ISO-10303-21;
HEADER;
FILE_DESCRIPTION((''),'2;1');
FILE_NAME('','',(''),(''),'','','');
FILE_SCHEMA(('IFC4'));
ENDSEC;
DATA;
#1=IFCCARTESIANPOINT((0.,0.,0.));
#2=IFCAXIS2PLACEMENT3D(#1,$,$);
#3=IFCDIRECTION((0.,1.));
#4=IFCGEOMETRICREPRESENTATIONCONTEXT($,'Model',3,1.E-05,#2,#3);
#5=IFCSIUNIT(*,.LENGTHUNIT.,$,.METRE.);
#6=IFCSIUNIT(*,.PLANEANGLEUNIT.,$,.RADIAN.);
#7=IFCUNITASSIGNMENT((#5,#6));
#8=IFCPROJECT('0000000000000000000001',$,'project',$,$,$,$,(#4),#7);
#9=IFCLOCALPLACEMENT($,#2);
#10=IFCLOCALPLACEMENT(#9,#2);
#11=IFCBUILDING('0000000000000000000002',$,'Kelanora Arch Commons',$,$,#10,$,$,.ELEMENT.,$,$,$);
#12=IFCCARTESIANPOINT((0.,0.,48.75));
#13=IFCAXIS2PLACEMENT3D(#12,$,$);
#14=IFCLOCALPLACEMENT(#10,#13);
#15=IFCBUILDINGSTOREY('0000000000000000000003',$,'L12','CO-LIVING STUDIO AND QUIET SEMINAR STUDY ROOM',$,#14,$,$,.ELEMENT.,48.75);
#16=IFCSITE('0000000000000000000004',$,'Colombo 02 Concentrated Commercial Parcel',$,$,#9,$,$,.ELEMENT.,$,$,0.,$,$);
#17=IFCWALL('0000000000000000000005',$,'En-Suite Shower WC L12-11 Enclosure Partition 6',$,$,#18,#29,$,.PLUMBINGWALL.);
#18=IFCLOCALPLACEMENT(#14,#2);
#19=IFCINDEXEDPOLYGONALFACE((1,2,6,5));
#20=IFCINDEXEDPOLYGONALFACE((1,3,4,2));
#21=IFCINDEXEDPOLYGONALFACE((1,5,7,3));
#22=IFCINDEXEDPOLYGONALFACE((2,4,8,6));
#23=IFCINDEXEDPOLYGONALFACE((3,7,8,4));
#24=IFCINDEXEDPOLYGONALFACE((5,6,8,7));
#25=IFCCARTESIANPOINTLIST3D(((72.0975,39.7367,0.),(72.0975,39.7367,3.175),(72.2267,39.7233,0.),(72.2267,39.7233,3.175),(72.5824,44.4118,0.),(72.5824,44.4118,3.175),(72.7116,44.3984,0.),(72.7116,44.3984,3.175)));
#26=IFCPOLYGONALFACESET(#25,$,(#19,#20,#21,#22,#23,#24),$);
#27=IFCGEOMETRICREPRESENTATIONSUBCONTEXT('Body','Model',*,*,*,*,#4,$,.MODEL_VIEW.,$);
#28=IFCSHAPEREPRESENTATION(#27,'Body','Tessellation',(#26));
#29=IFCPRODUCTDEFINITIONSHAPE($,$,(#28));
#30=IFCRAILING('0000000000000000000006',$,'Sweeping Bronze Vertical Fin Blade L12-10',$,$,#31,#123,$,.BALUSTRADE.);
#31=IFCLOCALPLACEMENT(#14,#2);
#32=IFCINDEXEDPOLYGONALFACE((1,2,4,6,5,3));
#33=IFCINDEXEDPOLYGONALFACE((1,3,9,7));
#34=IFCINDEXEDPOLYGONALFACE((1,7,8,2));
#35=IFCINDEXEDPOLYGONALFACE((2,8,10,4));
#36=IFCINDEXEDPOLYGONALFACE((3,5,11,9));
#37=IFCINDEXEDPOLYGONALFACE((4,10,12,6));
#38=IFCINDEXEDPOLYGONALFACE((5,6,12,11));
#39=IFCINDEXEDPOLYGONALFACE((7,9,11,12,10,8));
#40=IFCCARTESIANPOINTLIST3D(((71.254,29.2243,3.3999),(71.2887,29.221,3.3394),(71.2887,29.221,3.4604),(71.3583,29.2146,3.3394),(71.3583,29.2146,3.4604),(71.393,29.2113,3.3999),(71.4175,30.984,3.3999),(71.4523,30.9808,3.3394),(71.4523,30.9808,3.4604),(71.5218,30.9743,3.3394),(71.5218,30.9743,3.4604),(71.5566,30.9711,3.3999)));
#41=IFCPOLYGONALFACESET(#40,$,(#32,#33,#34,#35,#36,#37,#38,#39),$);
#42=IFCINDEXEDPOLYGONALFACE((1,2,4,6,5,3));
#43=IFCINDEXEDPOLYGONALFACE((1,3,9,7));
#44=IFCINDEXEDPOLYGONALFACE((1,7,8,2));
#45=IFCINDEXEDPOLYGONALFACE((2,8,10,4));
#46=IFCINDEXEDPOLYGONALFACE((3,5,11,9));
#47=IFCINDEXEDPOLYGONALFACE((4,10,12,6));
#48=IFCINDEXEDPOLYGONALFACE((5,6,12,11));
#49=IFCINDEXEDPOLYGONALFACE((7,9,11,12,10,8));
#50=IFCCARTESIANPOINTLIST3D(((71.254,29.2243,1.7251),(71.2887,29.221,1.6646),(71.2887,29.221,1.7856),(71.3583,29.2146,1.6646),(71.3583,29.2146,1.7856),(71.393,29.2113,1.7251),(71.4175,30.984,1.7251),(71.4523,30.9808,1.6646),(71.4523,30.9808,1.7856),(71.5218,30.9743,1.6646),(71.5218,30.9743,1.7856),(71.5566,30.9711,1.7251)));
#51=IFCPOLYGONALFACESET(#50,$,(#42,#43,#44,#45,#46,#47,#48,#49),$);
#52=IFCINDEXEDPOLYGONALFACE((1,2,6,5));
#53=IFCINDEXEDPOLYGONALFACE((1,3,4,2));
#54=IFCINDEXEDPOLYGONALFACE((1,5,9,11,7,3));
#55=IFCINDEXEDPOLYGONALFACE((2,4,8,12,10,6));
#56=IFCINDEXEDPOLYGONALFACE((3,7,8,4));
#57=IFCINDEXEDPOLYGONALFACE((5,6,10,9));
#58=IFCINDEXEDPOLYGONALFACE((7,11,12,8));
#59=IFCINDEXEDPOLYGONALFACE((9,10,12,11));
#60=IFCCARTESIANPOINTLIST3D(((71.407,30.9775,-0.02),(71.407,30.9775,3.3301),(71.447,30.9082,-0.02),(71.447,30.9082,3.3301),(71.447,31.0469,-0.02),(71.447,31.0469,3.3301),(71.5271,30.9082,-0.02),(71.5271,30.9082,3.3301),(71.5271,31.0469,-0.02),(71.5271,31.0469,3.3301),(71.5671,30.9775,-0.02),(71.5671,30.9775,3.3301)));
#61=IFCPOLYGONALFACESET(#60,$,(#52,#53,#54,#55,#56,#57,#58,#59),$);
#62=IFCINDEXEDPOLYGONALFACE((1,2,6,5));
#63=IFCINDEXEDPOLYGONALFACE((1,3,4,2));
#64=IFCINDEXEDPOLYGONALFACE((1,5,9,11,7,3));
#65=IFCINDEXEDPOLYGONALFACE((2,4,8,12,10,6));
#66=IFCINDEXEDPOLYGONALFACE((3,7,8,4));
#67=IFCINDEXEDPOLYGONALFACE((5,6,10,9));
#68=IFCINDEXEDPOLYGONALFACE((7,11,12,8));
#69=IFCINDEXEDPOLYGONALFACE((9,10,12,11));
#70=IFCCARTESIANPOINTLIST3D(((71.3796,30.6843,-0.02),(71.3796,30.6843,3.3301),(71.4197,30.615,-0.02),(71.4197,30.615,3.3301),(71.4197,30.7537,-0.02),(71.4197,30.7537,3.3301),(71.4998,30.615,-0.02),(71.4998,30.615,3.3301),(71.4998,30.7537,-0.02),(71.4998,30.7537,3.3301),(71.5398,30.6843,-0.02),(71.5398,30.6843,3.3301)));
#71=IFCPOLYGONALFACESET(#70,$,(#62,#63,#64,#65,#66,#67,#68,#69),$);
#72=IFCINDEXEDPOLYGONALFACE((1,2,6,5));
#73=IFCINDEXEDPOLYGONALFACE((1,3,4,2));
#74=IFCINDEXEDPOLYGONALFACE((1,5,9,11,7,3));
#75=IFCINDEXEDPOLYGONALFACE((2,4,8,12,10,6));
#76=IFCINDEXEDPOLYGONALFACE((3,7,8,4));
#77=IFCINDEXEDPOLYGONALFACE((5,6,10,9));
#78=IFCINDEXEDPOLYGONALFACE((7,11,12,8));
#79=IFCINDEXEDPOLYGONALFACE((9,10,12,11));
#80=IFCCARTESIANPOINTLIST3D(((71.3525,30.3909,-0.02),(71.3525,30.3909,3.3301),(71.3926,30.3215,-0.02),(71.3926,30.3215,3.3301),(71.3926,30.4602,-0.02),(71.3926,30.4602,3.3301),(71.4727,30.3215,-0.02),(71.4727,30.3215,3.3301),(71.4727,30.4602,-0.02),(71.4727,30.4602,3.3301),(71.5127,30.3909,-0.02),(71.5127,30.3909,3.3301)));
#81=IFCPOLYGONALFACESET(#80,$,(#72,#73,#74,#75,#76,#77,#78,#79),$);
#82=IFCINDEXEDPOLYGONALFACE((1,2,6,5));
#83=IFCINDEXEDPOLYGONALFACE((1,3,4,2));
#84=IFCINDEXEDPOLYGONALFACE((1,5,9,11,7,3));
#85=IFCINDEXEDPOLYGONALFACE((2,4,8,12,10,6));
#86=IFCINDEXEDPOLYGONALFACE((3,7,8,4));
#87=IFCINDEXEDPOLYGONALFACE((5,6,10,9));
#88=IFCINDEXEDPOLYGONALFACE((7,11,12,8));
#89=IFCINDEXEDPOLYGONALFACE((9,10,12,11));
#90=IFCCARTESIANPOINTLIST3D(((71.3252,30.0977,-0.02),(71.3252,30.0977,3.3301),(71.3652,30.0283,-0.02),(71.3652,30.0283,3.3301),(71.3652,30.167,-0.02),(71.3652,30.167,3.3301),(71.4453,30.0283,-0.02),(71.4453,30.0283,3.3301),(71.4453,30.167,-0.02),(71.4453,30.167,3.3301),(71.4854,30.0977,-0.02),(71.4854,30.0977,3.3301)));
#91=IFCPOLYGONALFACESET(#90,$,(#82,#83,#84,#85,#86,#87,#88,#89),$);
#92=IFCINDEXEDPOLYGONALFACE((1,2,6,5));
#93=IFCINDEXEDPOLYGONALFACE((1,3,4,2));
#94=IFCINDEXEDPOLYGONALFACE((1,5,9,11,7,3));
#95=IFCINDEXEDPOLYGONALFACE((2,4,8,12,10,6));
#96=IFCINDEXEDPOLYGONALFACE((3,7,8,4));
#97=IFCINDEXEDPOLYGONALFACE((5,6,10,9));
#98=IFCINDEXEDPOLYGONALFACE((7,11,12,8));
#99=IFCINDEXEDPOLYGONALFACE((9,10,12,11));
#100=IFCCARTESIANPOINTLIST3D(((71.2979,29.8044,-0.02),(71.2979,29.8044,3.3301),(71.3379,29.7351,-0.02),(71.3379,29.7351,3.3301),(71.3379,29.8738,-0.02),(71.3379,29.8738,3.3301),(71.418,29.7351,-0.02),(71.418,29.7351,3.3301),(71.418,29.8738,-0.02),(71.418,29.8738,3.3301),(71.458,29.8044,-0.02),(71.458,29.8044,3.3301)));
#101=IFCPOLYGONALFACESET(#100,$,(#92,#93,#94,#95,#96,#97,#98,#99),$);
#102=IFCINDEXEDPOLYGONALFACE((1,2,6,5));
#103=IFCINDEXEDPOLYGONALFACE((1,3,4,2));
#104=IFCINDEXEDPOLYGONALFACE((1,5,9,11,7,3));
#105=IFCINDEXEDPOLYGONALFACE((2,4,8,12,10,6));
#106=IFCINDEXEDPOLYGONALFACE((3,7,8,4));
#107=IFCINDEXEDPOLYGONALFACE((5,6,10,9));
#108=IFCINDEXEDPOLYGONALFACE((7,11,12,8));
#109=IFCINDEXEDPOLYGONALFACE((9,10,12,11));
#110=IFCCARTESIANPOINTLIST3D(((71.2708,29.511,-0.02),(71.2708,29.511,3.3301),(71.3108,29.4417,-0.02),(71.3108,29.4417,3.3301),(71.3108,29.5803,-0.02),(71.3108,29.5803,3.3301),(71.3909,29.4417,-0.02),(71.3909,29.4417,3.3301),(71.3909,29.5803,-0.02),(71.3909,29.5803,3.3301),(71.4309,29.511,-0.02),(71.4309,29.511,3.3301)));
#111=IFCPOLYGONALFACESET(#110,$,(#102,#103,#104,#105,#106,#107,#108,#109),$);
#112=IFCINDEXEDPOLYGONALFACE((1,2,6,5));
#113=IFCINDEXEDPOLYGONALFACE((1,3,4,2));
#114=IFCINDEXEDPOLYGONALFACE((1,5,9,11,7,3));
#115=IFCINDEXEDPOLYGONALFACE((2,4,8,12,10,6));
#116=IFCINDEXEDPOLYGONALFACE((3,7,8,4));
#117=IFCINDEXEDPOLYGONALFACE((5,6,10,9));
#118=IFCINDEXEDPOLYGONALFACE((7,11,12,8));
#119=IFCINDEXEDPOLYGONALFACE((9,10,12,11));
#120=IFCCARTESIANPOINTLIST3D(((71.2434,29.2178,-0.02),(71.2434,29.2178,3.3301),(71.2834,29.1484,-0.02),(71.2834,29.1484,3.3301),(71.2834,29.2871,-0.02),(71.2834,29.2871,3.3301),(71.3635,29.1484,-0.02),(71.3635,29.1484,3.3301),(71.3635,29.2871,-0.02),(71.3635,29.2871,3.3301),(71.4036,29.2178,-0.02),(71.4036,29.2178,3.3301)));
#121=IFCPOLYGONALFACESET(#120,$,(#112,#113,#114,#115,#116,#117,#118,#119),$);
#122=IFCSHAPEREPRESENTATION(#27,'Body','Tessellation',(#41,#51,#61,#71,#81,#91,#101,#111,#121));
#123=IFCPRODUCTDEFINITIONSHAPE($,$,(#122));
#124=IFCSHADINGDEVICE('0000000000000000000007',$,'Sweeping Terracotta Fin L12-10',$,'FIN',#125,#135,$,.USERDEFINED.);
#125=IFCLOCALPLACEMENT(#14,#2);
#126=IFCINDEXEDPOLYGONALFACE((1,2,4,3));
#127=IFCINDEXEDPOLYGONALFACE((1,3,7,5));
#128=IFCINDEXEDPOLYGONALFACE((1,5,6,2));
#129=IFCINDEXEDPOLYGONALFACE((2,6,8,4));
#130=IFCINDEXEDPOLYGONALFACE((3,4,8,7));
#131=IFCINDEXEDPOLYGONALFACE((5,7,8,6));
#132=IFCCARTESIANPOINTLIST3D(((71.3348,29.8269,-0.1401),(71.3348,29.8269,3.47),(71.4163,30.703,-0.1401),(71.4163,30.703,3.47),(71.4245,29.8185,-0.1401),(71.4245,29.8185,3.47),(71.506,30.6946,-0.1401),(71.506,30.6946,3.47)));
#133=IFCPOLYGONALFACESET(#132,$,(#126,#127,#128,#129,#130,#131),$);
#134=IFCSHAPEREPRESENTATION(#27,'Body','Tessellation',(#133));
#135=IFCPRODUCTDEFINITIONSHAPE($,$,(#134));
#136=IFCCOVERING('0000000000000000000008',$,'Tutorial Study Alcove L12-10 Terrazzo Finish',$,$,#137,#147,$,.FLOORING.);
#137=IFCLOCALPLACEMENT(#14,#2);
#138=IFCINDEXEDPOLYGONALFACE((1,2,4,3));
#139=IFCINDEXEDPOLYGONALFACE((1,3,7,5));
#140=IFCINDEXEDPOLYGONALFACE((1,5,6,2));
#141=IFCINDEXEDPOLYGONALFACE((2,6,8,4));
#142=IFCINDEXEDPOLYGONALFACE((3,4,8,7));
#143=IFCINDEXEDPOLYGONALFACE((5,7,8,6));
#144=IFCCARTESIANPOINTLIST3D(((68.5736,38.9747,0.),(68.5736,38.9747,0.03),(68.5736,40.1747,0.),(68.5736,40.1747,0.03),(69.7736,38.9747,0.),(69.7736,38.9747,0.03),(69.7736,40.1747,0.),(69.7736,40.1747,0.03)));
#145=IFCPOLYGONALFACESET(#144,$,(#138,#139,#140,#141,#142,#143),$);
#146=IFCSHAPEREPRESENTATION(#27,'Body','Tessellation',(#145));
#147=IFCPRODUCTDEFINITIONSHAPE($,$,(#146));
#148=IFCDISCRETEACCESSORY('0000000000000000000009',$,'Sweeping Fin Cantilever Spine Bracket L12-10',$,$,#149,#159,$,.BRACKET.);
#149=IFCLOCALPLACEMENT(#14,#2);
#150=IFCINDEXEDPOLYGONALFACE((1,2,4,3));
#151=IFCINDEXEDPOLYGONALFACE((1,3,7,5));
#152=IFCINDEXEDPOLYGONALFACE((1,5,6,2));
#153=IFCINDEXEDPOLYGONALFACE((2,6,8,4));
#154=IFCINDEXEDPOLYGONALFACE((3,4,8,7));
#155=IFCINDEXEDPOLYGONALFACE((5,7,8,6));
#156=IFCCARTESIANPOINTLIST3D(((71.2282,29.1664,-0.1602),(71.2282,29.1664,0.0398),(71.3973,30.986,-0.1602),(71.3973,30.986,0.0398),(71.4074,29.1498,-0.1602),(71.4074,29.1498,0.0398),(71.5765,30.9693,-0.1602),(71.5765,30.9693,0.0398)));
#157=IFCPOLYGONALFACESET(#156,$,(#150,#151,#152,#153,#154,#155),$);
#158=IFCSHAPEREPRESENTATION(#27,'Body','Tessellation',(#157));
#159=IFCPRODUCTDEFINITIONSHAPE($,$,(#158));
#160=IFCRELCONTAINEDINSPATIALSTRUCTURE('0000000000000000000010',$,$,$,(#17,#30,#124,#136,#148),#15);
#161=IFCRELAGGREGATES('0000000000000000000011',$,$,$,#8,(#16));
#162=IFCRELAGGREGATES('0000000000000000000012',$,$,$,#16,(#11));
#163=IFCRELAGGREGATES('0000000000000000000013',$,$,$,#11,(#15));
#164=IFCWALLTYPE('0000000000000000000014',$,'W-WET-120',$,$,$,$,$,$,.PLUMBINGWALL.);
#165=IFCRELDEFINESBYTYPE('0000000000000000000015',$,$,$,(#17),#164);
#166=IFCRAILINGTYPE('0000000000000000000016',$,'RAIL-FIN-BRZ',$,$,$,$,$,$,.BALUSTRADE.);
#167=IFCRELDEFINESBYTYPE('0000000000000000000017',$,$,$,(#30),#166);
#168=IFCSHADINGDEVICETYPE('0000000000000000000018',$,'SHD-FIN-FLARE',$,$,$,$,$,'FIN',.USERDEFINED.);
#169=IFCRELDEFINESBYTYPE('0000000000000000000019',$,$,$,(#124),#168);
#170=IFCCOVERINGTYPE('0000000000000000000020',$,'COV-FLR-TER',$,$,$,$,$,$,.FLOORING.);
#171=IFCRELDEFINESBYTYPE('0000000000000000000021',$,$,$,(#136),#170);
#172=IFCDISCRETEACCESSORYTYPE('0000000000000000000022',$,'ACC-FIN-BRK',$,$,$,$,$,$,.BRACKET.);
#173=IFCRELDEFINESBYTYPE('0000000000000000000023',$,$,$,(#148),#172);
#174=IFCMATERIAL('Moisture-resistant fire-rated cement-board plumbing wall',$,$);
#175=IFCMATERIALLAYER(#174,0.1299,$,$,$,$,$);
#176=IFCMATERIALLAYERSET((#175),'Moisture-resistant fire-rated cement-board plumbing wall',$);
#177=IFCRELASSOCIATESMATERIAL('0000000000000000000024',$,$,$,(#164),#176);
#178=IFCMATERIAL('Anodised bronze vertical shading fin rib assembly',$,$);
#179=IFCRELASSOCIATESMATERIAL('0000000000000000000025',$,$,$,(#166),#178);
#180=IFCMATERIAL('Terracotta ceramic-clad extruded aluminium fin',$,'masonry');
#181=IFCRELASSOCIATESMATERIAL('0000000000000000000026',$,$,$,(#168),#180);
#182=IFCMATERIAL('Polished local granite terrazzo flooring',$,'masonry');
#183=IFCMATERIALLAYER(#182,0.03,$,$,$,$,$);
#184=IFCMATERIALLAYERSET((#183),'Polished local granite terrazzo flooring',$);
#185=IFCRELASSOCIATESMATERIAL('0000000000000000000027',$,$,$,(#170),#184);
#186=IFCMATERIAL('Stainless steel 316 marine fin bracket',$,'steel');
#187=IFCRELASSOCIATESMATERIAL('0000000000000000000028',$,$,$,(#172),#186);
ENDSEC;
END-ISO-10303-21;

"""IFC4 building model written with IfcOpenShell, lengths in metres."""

from ifc_helpers import new_model, si_unit, direction, frame, frame_2d, origin, origin_2d, place, context, subcontext, project, spatial, polyline, rectangle, outline, extrude, source, transform, mapped, material, layer, layer_set, type_object, element, save


model = new_model("IFC4")

# Units and contexts
model_context = context("Model", 3, precision=1e-05, world=origin(), true_north=direction((0.0, 1.0)))
body_context = subcontext(model_context, "Body", "Model", "MODEL_VIEW")
ifc_project = project(units=[si_unit("LENGTHUNIT", "METRE"), si_unit("PLANEANGLEUNIT", "RADIAN")], contexts=[model_context])

# Site, building, storey
site_placement = place(None, origin())
site = spatial("IfcSite", under=ifc_project, at=site_placement, Name="Colombo 02 Concentrated Commercial Parcel", CompositionType="ELEMENT", RefElevation=0.0)
building_placement = place(site_placement, origin())
building = spatial("IfcBuilding", under=site, at=building_placement, Name="Kelanora Arch Commons", CompositionType="ELEMENT")
storey_placement = place(building_placement, frame((0.0, 0.0, 48.75)))
storey = spatial("IfcBuildingStorey", under=building, at=storey_placement, Name="L12", Description="CO-LIVING STUDIO AND QUIET SEMINAR STUDY ROOM", CompositionType="ELEMENT", Elevation=48.75)

# Shared definitions
ifc_material_1 = material(Name="Moisture-resistant fire-rated cement-board plumbing wall")
ifc_layer_1 = layer(ifc_material_1, 0.1299)
ifc_layer_set_1 = layer_set([ifc_layer_1], Name="Moisture-resistant fire-rated cement-board plumbing wall")
wall_type_1 = type_object("IfcWallType", Name="W-WET-120", PredefinedType="PLUMBINGWALL", material=ifc_layer_set_1)

# Wall
wall_1_placement = place(storey_placement, frame((72.1621, 39.73, 0.0), z_axis=(0.0, 0.0, 1.0), x_axis=(0.10316, 0.994665, 0.0)))
element("IfcWall", 1, at=wall_1_placement, inside=storey, type_object=wall_type_1, Name="En-Suite Shower WC L12-11 Enclosure Partition 6", PredefinedType="PLUMBINGWALL", context=body_context, shape_type="SweptSolid", body=[
    extrude(rectangle(XDim=4.7002, YDim=0.1299, at=frame_2d((2.3501, 0.0))), origin(), (0.0, 0.0, 1.0), 3.175),
])

# Railing
ifc_material_2 = material(Name="Anodised bronze vertical shading fin rib assembly")
railing_type = type_object("IfcRailingType", Name="RAIL-FIN-BRZ", PredefinedType="BALUSTRADE", material=ifc_material_2)
railing_placement = place(storey_placement, frame((71.4871, 30.9775, -0.02)))
element("IfcRailing", 2, at=railing_placement, inside=storey, type_object=railing_type, Name="Sweeping Bronze Vertical Fin Blade L12-10", PredefinedType="BALUSTRADE", context=body_context, shape_type="SweptSolid", body=[
    extrude(outline(polyline([(0.0698, 0.0), (0.0349, 0.0605), (-0.0349, 0.0605), (-0.0698, 0.0), (-0.0349, -0.0605), (0.0349, -0.0605), (0.0698, 0.0)])), frame((0.0, 0.0, 3.4199), z_axis=(-0.092553, -0.995708, 0.0), x_axis=(0.995708, -0.092553, 0.0)), (0.0, 0.0, 1.0), 1.7673),
    extrude(outline(polyline([(0.0698, 0.0), (0.0349, 0.0605), (-0.0349, 0.0605), (-0.0698, 0.0), (-0.0349, -0.0605), (0.0349, -0.0605), (0.0698, 0.0)])), frame((0.0, 0.0, 1.7451), z_axis=(-0.092553, -0.995708, 0.0), x_axis=(0.995708, -0.092553, 0.0)), (0.0, 0.0, 1.0), 1.7673),
    extrude(outline(polyline([(0.0801, 0.0), (0.04, 0.0693), (-0.04, 0.0693), (-0.0801, 0.0), (-0.04, -0.0693), (0.04, -0.0693), (0.0801, 0.0)])), origin(), (0.0, 0.0, 1.0), 3.3501),
    extrude(outline(polyline([(0.0801, 0.0), (0.04, 0.0693), (-0.04, 0.0693), (-0.0801, 0.0), (-0.04, -0.0693), (0.04, -0.0693), (0.0801, 0.0)])), frame((-0.0273, -0.2932, 0.0)), (0.0, 0.0, 1.0), 3.3501),
    extrude(outline(polyline([(0.0801, 0.0), (0.04, 0.0693), (-0.04, 0.0693), (-0.0801, 0.0), (-0.04, -0.0693), (0.04, -0.0693), (0.0801, 0.0)])), frame((-0.0544, -0.5867, 0.0)), (0.0, 0.0, 1.0), 3.3501),
    extrude(outline(polyline([(0.0801, 0.0), (0.04, 0.0693), (-0.04, 0.0693), (-0.0801, 0.0), (-0.04, -0.0693), (0.04, -0.0693), (0.0801, 0.0)])), frame((-0.0818, -0.8799, 0.0)), (0.0, 0.0, 1.0), 3.3501),
    extrude(outline(polyline([(0.0801, 0.0), (0.04, 0.0693), (-0.04, 0.0693), (-0.0801, 0.0), (-0.04, -0.0693), (0.04, -0.0693), (0.0801, 0.0)])), frame((-0.1091, -1.1731, 0.0)), (0.0, 0.0, 1.0), 3.3501),
    extrude(outline(polyline([(0.0801, 0.0), (0.04, 0.0693), (-0.04, 0.0693), (-0.0801, 0.0), (-0.04, -0.0693), (0.04, -0.0693), (0.0801, 0.0)])), frame((-0.1362, -1.4666, 0.0)), (0.0, 0.0, 1.0), 3.3501),
    extrude(outline(polyline([(0.0801, 0.0), (0.04, 0.0693), (-0.04, 0.0693), (-0.0801, 0.0), (-0.04, -0.0693), (0.04, -0.0693), (0.0801, 0.0)])), frame((-0.1636, -1.7598, 0.0)), (0.0, 0.0, 1.0), 3.3501),
])

# Shading device
ifc_material_3 = material(Name="Terracotta ceramic-clad extruded aluminium fin", Category="masonry")
shading_device_type = type_object("IfcShadingDeviceType", Name="SHD-FIN-FLARE", ElementType="FIN", PredefinedType="USERDEFINED", material=ifc_material_3)
shared_shape_1 = source(origin(), body_context, "Body", "SweptSolid", [
    extrude(rectangle(XDim=0.8799, YDim=0.0901, at=origin_2d()), origin(), (0.0, 0.0, 1.0), 3.6101),
])
shading_device_placement = place(storey_placement, frame((71.4204, 30.2607, -0.1401), z_axis=(0.0, 0.0, 1.0), x_axis=(-0.092544, -0.995709, 0.0)))
element("IfcShadingDevice", 3, at=shading_device_placement, inside=storey, type_object=shading_device_type, Name="Sweeping Terracotta Fin L12-10", ObjectType="FIN", PredefinedType="USERDEFINED", context=body_context, shape_type="MappedRepresentation", body=[
    mapped(shared_shape_1, transform((0.0, 0.0, 0.0), scale=1.0)),
])

# Covering
ifc_material_4 = material(Name="Polished local granite terrazzo flooring", Category="masonry")
ifc_layer_2 = layer(ifc_material_4, 0.03)
ifc_layer_set_2 = layer_set([ifc_layer_2], Name="Polished local granite terrazzo flooring")
covering_type = type_object("IfcCoveringType", Name="COV-FLR-TER", PredefinedType="FLOORING", material=ifc_layer_set_2)
shared_shape_2 = source(origin(), body_context, "Body", "SweptSolid", [
    extrude(rectangle(XDim=1.2, YDim=1.2, at=origin_2d()), origin(), (0.0, 0.0, 1.0), 0.03),
])
covering_placement = place(storey_placement, frame((69.1736, 39.5747, 0.0), z_axis=(0.0, 0.0, 1.0), x_axis=(1.0, 0.0, 0.0)))
element("IfcCovering", 4, at=covering_placement, inside=storey, type_object=covering_type, Name="Tutorial Study Alcove L12-10 Terrazzo Finish", PredefinedType="FLOORING", context=body_context, shape_type="MappedRepresentation", body=[
    mapped(shared_shape_2, transform((0.0, 0.0, 0.0), scale=1.0)),
])

# Discrete accessory
ifc_material_5 = material(Name="Stainless steel 316 marine fin bracket", Category="steel")
discrete_accessory_type = type_object("IfcDiscreteAccessoryType", Name="ACC-FIN-BRK", PredefinedType="BRACKET", material=ifc_material_5)
shared_shape_3 = source(origin(), body_context, "Body", "SweptSolid", [
    extrude(rectangle(XDim=1.8274, YDim=0.1799, at=origin_2d()), origin(), (0.0, 0.0, 1.0), 0.2),
])
discrete_accessory_placement = place(storey_placement, frame((71.4023, 30.0679, -0.1602), z_axis=(0.0, 0.0, 1.0), x_axis=(-0.092544, -0.995709, 0.0)))
element("IfcDiscreteAccessory", 5, at=discrete_accessory_placement, inside=storey, type_object=discrete_accessory_type, Name="Sweeping Fin Cantilever Spine Bracket L12-10", PredefinedType="BRACKET", context=body_context, shape_type="MappedRepresentation", body=[
    mapped(shared_shape_3, transform((0.0, 0.0, 0.0), scale=1.0)),
])

save(model, "model.ifc")
